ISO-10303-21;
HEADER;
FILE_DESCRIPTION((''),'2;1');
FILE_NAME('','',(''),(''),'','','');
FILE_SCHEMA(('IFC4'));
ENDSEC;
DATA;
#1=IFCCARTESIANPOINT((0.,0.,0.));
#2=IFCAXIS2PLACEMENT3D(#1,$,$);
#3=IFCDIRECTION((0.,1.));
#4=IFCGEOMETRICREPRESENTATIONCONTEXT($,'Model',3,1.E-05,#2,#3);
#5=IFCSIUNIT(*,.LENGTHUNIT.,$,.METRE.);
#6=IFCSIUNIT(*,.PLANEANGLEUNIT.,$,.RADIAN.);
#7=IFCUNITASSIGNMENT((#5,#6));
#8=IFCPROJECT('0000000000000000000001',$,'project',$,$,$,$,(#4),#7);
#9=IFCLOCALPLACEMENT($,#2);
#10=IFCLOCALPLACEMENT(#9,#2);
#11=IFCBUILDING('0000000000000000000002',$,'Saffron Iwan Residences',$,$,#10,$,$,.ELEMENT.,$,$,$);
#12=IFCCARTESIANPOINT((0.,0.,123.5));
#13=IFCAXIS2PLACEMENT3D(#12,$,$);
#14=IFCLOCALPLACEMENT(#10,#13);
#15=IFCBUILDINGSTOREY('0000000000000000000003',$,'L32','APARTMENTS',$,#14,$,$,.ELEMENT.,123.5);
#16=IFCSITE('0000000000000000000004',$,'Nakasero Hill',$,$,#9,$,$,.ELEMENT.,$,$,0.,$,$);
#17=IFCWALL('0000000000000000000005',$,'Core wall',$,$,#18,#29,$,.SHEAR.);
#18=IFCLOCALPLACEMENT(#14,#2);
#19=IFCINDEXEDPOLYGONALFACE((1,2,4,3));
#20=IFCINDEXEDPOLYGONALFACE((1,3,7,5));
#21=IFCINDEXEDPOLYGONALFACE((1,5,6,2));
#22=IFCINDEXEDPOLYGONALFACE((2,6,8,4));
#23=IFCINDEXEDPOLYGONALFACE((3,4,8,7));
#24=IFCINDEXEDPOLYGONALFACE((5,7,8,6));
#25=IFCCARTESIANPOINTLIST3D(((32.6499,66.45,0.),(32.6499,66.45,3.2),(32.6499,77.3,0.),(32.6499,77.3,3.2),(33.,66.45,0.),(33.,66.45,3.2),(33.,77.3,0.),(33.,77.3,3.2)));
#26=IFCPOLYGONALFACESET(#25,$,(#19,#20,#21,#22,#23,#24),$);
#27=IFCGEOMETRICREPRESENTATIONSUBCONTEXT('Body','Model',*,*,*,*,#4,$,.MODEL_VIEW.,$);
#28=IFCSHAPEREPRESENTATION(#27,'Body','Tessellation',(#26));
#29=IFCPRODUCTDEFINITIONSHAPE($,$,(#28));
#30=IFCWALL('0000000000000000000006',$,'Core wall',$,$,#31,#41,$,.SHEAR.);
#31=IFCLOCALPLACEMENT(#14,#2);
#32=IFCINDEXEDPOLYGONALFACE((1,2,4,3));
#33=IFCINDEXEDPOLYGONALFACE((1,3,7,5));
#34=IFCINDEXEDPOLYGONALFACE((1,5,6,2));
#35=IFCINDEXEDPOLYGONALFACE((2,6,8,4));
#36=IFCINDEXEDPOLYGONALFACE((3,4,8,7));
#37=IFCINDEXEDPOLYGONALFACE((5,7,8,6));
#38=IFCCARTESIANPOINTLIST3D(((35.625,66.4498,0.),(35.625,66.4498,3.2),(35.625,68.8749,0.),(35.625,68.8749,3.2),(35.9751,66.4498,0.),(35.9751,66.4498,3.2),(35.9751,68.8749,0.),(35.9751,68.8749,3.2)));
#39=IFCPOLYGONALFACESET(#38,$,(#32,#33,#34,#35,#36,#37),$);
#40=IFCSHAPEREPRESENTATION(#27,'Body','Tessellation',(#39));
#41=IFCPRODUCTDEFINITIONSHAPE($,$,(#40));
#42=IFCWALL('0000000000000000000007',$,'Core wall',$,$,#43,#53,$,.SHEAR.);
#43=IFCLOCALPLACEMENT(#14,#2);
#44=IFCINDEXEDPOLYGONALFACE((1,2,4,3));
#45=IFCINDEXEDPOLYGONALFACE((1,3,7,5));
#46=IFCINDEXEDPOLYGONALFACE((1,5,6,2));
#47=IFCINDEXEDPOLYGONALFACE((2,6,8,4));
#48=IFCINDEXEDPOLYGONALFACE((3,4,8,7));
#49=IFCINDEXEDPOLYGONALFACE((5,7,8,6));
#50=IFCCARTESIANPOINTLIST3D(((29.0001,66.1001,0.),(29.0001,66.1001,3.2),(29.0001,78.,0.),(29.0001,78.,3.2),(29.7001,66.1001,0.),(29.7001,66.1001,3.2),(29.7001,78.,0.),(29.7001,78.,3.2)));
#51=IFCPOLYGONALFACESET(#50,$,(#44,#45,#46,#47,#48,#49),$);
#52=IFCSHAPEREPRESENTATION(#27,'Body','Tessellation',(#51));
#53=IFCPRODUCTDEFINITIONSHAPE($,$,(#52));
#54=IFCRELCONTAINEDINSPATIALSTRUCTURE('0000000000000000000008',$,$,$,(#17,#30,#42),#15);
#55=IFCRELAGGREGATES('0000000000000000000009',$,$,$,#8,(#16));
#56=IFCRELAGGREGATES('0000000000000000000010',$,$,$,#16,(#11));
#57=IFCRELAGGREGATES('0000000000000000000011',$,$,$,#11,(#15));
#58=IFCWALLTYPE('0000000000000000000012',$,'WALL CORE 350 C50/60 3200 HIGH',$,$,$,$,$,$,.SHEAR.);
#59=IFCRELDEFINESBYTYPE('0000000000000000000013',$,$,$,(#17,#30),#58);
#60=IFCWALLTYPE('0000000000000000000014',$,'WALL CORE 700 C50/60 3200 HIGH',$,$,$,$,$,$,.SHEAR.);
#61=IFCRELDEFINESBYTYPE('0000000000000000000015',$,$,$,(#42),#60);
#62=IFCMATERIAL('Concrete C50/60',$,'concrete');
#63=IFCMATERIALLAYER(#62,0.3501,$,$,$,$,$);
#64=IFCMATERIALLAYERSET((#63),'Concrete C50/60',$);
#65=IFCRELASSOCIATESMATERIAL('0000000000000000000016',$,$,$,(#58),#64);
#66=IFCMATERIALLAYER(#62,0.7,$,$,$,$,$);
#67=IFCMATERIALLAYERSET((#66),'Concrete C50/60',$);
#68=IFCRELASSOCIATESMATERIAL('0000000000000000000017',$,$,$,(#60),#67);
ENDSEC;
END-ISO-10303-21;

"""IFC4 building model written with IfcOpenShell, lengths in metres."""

from ifc_helpers import new_model, si_unit, direction, frame, frame_2d, origin, place, context, subcontext, project, spatial, rectangle, extrude, material, layer, layer_set, type_object, element, save


model = new_model("IFC4")

# Units and contexts
model_context = context("Model", 3, precision=1e-05, world=origin(), true_north=direction((0.0, 1.0)))
body_context = subcontext(model_context, "Body", "Model", "MODEL_VIEW")
ifc_project = project(units=[si_unit("LENGTHUNIT", "METRE"), si_unit("PLANEANGLEUNIT", "RADIAN")], contexts=[model_context])

# Site, building, storey
site_placement = place(None, origin())
site = spatial("IfcSite", under=ifc_project, at=site_placement, Name="Nakasero Hill", CompositionType="ELEMENT", RefElevation=0.0)
building_placement = place(site_placement, origin())
building = spatial("IfcBuilding", under=site, at=building_placement, Name="Saffron Iwan Residences", CompositionType="ELEMENT")
storey_placement = place(building_placement, frame((0.0, 0.0, 123.5)))
storey = spatial("IfcBuildingStorey", under=building, at=storey_placement, Name="L32", Description="APARTMENTS", CompositionType="ELEMENT", Elevation=123.5)

# Shared definitions
ifc_material_1 = material(Name="Concrete C50/60", Category="concrete")

# Shared definitions
ifc_layer_1 = layer(ifc_material_1, 0.3501)
ifc_layer_set_1 = layer_set([ifc_layer_1], Name="Concrete C50/60")
wall_type_1 = type_object("IfcWallType", Name="WALL CORE 350 C50/60 3200 HIGH", PredefinedType="SHEAR", material=ifc_layer_set_1)

# Walls
wall_1_placement = place(storey_placement, frame((32.825, 66.45, 0.0), z_axis=(0.0, 0.0, 1.0), x_axis=(0.0, 1.0, 0.0)))
element("IfcWall", 1, at=wall_1_placement, inside=storey, type_object=wall_type_1, Name="Core wall", PredefinedType="SHEAR", context=body_context, shape_type="SweptSolid", body=[
    extrude(rectangle(XDim=10.8501, YDim=0.3501, at=frame_2d((5.425, 0.0))), origin(), (0.0, 0.0, 1.0), 3.2),
])
wall_2_placement = place(storey_placement, frame((35.8, 66.45, 0.0), z_axis=(0.0, 0.0, 1.0), x_axis=(0.0, 1.0, 0.0)))
element("IfcWall", 2, at=wall_2_placement, inside=storey, type_object=wall_type_1, Name="Core wall", PredefinedType="SHEAR", context=body_context, shape_type="SweptSolid", body=[
    extrude(rectangle(XDim=2.425, YDim=0.3501, at=frame_2d((1.2124, 0.0))), origin(), (0.0, 0.0, 1.0), 3.2),
])
ifc_layer_2 = layer(ifc_material_1, 0.7)
ifc_layer_set_2 = layer_set([ifc_layer_2], Name="Concrete C50/60")
wall_type_2 = type_object("IfcWallType", Name="WALL CORE 700 C50/60 3200 HIGH", PredefinedType="SHEAR", material=ifc_layer_set_2)
wall_3_placement = place(storey_placement, frame((29.3501, 66.1001, 0.0), z_axis=(0.0, 0.0, 1.0), x_axis=(0.0, 1.0, 0.0)))
element("IfcWall", 3, at=wall_3_placement, inside=storey, type_object=wall_type_2, Name="Core wall", PredefinedType="SHEAR", context=body_context, shape_type="SweptSolid", body=[
    extrude(rectangle(XDim=11.8999, YDim=0.7, at=frame_2d((5.95, 0.0))), origin(), (0.0, 0.0, 1.0), 3.2),
])

save(model, "model.ifc")
